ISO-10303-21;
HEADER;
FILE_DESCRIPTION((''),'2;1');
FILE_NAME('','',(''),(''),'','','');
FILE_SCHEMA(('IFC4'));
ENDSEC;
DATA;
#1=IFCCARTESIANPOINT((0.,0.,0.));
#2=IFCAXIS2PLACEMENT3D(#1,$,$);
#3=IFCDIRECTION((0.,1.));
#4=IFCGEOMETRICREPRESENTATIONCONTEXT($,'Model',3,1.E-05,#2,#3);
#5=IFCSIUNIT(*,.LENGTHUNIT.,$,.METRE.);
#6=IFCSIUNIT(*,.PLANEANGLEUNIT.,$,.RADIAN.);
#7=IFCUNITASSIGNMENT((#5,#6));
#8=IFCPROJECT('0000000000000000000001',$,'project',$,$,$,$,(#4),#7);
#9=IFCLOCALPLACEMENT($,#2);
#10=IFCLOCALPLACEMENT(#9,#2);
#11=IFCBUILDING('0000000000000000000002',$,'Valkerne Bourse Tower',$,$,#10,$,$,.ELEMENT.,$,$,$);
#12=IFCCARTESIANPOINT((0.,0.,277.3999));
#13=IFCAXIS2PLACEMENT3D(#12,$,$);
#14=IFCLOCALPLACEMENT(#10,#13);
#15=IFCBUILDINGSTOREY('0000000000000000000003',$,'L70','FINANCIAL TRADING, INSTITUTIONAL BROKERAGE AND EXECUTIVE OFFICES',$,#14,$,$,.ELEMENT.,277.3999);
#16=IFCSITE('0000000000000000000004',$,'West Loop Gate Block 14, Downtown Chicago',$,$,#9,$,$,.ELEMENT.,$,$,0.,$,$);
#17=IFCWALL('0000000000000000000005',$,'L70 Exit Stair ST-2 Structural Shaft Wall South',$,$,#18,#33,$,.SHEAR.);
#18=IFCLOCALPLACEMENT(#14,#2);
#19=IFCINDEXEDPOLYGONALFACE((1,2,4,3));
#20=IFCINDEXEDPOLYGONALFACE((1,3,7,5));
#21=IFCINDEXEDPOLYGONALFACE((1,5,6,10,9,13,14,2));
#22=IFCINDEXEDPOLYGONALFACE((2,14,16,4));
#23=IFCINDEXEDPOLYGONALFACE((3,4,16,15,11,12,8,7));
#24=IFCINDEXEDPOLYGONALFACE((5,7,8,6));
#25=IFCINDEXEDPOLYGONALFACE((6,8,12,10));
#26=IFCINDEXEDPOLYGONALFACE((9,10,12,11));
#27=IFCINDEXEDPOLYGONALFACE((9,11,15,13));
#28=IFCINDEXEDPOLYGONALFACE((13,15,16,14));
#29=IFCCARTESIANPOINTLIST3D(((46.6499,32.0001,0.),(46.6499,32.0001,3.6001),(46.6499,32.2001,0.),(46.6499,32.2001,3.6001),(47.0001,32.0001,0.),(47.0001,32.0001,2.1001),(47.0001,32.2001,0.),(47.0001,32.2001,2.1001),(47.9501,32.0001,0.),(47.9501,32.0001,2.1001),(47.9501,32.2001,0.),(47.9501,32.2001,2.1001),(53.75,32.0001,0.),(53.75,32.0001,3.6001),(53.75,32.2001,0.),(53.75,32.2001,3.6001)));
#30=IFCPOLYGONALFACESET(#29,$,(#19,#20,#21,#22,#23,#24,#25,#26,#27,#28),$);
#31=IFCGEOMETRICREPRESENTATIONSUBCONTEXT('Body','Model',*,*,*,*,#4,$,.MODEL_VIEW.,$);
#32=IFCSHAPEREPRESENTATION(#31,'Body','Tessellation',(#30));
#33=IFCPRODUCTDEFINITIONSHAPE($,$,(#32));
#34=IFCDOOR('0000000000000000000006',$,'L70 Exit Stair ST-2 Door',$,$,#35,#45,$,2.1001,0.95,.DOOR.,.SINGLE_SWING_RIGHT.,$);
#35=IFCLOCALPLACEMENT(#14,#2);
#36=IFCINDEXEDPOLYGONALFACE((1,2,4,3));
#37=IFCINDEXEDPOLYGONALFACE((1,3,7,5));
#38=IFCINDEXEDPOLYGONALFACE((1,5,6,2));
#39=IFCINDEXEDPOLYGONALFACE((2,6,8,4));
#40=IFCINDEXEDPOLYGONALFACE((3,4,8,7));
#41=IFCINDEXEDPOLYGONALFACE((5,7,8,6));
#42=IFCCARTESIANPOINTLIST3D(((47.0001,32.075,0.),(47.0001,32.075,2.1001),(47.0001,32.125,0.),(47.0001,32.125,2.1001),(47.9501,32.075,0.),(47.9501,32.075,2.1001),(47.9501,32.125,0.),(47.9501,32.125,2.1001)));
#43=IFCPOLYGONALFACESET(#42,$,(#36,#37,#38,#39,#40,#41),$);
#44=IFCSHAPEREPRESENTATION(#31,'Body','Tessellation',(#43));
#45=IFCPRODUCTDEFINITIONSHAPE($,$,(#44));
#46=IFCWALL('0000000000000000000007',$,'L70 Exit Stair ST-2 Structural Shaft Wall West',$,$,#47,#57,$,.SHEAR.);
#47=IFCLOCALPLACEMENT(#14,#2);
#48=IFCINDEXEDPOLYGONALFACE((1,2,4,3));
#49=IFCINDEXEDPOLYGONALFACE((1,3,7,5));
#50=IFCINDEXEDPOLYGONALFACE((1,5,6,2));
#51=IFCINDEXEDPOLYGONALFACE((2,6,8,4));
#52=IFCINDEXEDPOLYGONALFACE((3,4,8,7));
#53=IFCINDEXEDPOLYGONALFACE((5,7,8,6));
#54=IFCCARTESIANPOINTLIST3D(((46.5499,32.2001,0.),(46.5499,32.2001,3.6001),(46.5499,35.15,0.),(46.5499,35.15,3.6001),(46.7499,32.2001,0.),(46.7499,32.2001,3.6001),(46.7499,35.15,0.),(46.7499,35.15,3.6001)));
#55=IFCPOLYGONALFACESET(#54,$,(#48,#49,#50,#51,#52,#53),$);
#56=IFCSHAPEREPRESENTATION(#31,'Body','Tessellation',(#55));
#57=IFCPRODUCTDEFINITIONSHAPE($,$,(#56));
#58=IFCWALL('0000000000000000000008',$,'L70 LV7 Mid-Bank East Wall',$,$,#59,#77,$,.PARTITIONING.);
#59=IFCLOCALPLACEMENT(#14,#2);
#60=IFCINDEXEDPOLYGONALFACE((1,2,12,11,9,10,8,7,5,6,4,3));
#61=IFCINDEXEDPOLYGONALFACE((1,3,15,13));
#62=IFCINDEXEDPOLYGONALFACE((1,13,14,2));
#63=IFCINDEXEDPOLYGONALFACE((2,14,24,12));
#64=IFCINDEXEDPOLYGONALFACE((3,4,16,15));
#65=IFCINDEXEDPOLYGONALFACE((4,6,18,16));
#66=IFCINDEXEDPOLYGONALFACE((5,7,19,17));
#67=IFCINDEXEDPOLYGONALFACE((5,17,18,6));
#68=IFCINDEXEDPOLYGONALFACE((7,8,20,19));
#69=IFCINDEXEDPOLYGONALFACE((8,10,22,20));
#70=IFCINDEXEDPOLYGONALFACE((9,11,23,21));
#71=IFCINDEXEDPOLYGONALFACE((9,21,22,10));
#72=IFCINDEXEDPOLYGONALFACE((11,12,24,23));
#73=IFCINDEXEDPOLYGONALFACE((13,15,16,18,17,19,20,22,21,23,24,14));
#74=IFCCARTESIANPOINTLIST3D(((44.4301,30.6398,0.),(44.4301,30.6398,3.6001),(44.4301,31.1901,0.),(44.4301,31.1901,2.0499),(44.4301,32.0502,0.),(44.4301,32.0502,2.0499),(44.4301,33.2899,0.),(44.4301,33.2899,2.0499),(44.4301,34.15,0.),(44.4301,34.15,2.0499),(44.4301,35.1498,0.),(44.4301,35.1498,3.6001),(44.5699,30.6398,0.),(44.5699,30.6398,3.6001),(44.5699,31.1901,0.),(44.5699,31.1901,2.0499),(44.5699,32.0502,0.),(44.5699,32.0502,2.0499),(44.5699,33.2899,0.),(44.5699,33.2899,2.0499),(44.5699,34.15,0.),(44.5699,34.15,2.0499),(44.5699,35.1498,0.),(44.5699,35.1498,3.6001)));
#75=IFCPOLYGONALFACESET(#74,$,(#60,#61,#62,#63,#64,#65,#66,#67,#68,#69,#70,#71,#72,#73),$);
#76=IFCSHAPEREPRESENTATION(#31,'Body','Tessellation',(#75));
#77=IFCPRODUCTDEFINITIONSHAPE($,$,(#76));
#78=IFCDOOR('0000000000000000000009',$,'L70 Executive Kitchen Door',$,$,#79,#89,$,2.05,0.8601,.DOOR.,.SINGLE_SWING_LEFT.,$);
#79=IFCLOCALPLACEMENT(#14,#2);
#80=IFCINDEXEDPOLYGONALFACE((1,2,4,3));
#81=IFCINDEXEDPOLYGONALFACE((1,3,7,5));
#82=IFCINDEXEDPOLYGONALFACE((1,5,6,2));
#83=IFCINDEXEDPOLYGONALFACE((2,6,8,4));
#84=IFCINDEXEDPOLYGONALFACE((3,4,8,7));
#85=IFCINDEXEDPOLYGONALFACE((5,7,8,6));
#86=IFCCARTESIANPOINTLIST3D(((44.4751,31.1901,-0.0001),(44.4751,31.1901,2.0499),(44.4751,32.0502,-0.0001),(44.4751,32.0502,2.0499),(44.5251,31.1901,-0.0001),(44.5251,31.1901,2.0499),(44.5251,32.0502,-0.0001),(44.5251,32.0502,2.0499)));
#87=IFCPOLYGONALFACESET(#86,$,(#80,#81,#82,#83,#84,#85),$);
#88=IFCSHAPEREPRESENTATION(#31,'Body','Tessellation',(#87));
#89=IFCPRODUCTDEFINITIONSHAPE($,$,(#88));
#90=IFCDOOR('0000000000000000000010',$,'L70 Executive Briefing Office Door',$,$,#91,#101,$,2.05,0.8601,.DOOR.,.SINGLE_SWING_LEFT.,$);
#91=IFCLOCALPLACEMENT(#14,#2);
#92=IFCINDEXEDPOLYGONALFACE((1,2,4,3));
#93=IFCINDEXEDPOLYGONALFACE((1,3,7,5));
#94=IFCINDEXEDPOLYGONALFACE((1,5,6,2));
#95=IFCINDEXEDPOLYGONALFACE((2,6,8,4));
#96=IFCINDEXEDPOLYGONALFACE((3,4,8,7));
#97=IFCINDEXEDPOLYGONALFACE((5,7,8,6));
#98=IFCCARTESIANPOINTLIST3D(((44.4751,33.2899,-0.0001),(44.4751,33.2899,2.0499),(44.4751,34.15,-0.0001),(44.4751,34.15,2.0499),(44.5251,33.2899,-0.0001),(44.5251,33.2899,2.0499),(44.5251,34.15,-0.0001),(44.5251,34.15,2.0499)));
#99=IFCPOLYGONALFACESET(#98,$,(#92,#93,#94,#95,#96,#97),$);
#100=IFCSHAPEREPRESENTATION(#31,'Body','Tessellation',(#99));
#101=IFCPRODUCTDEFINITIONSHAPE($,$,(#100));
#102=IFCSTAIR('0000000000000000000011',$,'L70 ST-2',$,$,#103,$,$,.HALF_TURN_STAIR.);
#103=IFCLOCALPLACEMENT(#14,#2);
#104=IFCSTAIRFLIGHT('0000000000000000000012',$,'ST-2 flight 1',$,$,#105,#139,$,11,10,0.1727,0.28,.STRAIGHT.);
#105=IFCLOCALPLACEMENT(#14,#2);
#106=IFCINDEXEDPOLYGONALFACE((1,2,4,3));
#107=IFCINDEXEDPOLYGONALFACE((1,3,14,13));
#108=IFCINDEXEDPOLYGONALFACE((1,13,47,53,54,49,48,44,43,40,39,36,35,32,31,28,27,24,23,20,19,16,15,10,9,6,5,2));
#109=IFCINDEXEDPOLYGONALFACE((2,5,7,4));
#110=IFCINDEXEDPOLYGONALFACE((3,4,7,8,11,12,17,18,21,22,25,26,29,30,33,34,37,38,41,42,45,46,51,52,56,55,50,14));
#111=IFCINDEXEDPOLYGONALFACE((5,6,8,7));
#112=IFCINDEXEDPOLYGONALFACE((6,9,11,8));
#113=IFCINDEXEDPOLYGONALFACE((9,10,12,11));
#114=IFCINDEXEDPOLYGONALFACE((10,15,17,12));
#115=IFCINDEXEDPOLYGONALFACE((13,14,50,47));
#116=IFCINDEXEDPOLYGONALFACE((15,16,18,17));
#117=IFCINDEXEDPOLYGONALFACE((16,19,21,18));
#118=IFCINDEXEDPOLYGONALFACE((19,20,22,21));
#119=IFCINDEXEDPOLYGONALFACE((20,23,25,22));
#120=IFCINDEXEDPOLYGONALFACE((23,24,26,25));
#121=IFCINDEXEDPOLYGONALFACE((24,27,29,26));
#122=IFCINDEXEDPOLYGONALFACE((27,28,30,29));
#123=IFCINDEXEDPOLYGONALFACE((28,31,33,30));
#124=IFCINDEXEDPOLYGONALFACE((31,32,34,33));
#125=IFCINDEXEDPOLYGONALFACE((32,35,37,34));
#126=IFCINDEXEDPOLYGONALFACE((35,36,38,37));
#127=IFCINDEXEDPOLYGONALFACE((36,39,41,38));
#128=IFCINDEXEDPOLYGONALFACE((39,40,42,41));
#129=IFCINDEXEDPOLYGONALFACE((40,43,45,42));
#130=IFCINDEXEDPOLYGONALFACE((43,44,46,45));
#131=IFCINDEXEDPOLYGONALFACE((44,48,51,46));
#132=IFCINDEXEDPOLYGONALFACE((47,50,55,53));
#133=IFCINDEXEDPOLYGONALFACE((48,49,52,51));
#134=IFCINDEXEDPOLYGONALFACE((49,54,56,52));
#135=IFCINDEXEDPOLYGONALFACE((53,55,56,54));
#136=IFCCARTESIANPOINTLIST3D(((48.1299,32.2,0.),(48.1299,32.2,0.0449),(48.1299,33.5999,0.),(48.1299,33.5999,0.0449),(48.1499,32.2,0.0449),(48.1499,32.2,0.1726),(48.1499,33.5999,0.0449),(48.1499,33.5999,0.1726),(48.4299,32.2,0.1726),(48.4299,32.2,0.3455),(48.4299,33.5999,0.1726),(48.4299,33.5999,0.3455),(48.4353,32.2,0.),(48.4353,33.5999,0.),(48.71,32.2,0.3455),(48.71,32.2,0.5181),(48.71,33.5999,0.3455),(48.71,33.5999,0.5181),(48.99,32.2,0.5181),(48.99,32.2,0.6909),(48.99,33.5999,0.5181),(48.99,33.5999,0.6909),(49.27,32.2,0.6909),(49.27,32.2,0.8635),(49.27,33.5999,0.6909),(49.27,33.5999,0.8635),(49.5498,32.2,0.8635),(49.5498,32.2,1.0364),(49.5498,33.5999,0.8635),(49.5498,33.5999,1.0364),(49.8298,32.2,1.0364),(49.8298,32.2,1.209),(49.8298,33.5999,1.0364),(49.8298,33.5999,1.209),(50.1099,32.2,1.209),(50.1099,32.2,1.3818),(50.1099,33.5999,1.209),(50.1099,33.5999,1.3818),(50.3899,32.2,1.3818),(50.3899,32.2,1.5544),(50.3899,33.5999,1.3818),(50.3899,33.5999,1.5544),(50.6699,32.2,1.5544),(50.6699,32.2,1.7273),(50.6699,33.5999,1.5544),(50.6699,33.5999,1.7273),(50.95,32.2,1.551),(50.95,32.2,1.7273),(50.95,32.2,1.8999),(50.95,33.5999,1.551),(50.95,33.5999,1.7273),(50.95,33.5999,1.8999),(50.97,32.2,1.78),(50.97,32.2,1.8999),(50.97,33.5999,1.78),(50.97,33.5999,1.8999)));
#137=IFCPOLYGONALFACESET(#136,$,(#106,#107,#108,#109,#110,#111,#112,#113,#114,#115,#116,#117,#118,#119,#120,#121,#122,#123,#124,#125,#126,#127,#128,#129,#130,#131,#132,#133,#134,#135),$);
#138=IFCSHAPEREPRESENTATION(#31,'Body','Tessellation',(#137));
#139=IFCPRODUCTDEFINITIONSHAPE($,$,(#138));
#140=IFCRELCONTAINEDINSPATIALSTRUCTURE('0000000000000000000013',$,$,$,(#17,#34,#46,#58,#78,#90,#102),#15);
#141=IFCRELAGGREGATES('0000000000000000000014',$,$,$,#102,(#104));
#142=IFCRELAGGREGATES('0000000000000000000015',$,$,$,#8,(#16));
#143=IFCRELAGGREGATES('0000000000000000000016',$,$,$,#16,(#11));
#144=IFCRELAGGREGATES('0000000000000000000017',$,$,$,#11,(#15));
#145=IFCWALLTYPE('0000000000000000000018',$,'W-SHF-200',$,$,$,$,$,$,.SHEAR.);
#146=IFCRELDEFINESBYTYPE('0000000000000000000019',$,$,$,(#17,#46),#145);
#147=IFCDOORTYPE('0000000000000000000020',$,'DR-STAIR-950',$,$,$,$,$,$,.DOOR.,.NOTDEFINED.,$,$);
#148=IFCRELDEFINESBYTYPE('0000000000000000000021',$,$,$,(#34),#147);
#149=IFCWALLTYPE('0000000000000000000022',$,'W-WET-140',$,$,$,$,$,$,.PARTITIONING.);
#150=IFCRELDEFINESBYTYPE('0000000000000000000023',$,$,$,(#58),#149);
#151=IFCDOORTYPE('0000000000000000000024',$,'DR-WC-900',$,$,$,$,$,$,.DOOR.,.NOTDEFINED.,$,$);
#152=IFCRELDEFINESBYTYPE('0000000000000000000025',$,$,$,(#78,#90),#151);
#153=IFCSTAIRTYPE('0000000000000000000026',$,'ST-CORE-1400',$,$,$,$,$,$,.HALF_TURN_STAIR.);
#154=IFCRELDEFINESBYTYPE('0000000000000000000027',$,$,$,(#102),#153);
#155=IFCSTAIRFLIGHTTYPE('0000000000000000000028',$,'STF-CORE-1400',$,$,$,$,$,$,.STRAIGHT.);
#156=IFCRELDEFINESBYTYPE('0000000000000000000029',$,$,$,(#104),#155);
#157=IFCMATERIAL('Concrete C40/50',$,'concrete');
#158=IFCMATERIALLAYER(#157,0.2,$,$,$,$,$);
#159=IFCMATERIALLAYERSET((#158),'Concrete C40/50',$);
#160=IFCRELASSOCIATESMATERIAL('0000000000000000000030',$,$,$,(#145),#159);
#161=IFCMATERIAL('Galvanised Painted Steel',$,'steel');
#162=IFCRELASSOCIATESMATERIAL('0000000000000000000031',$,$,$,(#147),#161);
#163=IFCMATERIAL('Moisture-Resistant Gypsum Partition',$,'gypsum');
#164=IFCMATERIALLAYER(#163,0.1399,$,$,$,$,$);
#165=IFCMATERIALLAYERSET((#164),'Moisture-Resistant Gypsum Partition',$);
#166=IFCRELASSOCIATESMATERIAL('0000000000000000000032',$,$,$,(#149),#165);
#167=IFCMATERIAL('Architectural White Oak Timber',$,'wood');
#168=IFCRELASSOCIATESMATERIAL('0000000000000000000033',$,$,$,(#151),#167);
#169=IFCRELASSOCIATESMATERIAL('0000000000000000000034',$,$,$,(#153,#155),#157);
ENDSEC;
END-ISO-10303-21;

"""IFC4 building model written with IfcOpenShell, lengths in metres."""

from ifc_helpers import new_model, si_unit, direction, frame, frame_2d, origin, place, context, subcontext, project, spatial, polyline, rectangle, outline, extrude, material, layer, layer_set, type_object, element, fill, aggregate, save


model = new_model("IFC4")

# Units and contexts
model_context = context("Model", 3, precision=1e-05, world=origin(), true_north=direction((0.0, 1.0)))
body_context = subcontext(model_context, "Body", "Model", "MODEL_VIEW")
ifc_project = project(units=[si_unit("LENGTHUNIT", "METRE"), si_unit("PLANEANGLEUNIT", "RADIAN")], contexts=[model_context])

# Site, building, storey
site_placement = place(None, origin())
site = spatial("IfcSite", under=ifc_project, at=site_placement, Name="West Loop Gate Block 14, Downtown Chicago", CompositionType="ELEMENT", RefElevation=0.0)
building_placement = place(site_placement, origin())
building = spatial("IfcBuilding", under=site, at=building_placement, Name="Valkerne Bourse Tower", CompositionType="ELEMENT")
storey_placement = place(building_placement, frame((0.0, 0.0, 277.3999)))
storey = spatial("IfcBuildingStorey", under=building, at=storey_placement, Name="L70", Description="FINANCIAL TRADING, INSTITUTIONAL BROKERAGE AND EXECUTIVE OFFICES", CompositionType="ELEMENT", Elevation=277.3999)

# Shared definitions
ifc_material_1 = material(Name="Galvanised Painted Steel", Category="steel")

# Wall, opening, door
ifc_material_2 = material(Name="Concrete C40/50", Category="concrete")
ifc_layer_1 = layer(ifc_material_2, 0.2)
ifc_layer_set_1 = layer_set([ifc_layer_1], Name="Concrete C40/50")
wall_type_1 = type_object("IfcWallType", Name="W-SHF-200", PredefinedType="SHEAR", material=ifc_layer_set_1)
wall_1_placement = place(storey_placement, frame((46.6499, 32.1001, 0.0), z_axis=(0.0, 0.0, 1.0), x_axis=(1.0, 0.0, 0.0)))
wall_1 = element("IfcWall", 1, at=wall_1_placement, inside=storey, type_object=wall_type_1, Name="L70 Exit Stair ST-2 Structural Shaft Wall South", PredefinedType="SHEAR", context=body_context, shape_type="SweptSolid", body=[
    extrude(rectangle(XDim=7.1001, YDim=0.2, at=frame_2d((3.55, 0.0))), origin(), (0.0, 0.0, 1.0), 3.6001),
])
opening_1_placement = place(wall_1_placement, frame((0.3501, 0.0, 0.0)))
opening_1 = element("IfcOpeningElement", 2, at=opening_1_placement, cuts=wall_1, PredefinedType="OPENING", context=body_context, shape_type="SweptSolid", body=[
    extrude(rectangle(XDim=0.95, YDim=2.1001, at=frame_2d((0.4751, 1.05))), frame((0.0, 0.1099, 0.0), z_axis=(0.0, -1.0, 0.0), x_axis=(1.0, 0.0, 0.0)), (0.0, 0.0, 1.0), 0.22),
])
door_type_1 = type_object("IfcDoorType", Name="DR-STAIR-950", OperationType="NOTDEFINED", PredefinedType="DOOR", material=ifc_material_1)
door_1_placement = place(opening_1_placement, origin())
door_1 = element("IfcDoor", 3, at=door_1_placement, inside=storey, type_object=door_type_1, Name="L70 Exit Stair ST-2 Door", OperationType="SINGLE_SWING_RIGHT", OverallHeight=2.1001, OverallWidth=0.95, PredefinedType="DOOR", context=body_context, shape_type="SweptSolid", body=[
    extrude(rectangle(XDim=0.95, YDim=2.1001, at=frame_2d((0.4751, 1.05))), frame((0.0, 0.0249, 0.0), z_axis=(0.0, -1.0, 0.0), x_axis=(1.0, 0.0, 0.0)), (0.0, 0.0, 1.0), 0.05),
])
fill(opening_1, door_1)

# Wall
wall_2_placement = place(storey_placement, frame((46.6499, 32.2, 0.0), z_axis=(0.0, 0.0, 1.0), x_axis=(0.0, 1.0, 0.0)))
element("IfcWall", 4, at=wall_2_placement, inside=storey, type_object=wall_type_1, Name="L70 Exit Stair ST-2 Structural Shaft Wall West", PredefinedType="SHEAR", context=body_context, shape_type="SweptSolid", body=[
    extrude(rectangle(XDim=2.95, YDim=0.2, at=frame_2d((1.4751, 0.0))), origin(), (0.0, 0.0, 1.0), 3.6001),
])

# Wall, openings, doors
ifc_material_3 = material(Name="Moisture-Resistant Gypsum Partition", Category="gypsum")
ifc_layer_2 = layer(ifc_material_3, 0.1399)
ifc_layer_set_2 = layer_set([ifc_layer_2], Name="Moisture-Resistant Gypsum Partition")
wall_type_2 = type_object("IfcWallType", Name="W-WET-140", PredefinedType="PARTITIONING", material=ifc_layer_set_2)
wall_3_placement = place(storey_placement, frame((44.5, 30.6399, 0.0), z_axis=(0.0, 0.0, 1.0), x_axis=(0.0, 1.0, 0.0)))
wall_3 = element("IfcWall", 5, at=wall_3_placement, inside=storey, type_object=wall_type_2, Name="L70 LV7 Mid-Bank East Wall", PredefinedType="PARTITIONING", context=body_context, shape_type="SweptSolid", body=[
    extrude(rectangle(XDim=4.51, YDim=0.1399, at=frame_2d((2.2549, 0.0))), origin(), (0.0, 0.0, 1.0), 3.6001),
])
opening_2_placement = place(wall_3_placement, frame((0.55, 0.0, 0.0)))
opening_2 = element("IfcOpeningElement", 6, at=opening_2_placement, cuts=wall_3, PredefinedType="OPENING", context=body_context, shape_type="SweptSolid", body=[
    extrude(rectangle(XDim=0.8601, YDim=2.05, at=frame_2d((0.4302, 1.0249))), frame((0.0, 0.0798, 0.0), z_axis=(0.0, -1.0, 0.0), x_axis=(1.0, 0.0, 0.0)), (0.0, 0.0, 1.0), 0.1599),
])
opening_3_placement = place(wall_3_placement, frame((2.6499, 0.0, 0.0)))
opening_3 = element("IfcOpeningElement", 7, at=opening_3_placement, cuts=wall_3, PredefinedType="OPENING", context=body_context, shape_type="SweptSolid", body=[
    extrude(rectangle(XDim=0.8601, YDim=2.05, at=frame_2d((0.4302, 1.0249))), frame((0.0, 0.0798, 0.0), z_axis=(0.0, -1.0, 0.0), x_axis=(1.0, 0.0, 0.0)), (0.0, 0.0, 1.0), 0.1599),
])
ifc_material_4 = material(Name="Architectural White Oak Timber", Category="wood")
door_type_2 = type_object("IfcDoorType", Name="DR-WC-900", OperationType="NOTDEFINED", PredefinedType="DOOR", material=ifc_material_4)
door_2_placement = place(opening_2_placement, origin())
door_2 = element("IfcDoor", 8, at=door_2_placement, inside=storey, type_object=door_type_2, Name="L70 Executive Kitchen Door", OperationType="SINGLE_SWING_LEFT", OverallHeight=2.05, OverallWidth=0.8601, PredefinedType="DOOR", context=body_context, shape_type="SweptSolid", body=[
    extrude(rectangle(XDim=0.8601, YDim=2.05, at=frame_2d((0.4302, 1.0249))), frame((0.0, 0.0249, 0.0), z_axis=(0.0, -1.0, 0.0), x_axis=(1.0, 0.0, 0.0)), (0.0, 0.0, 1.0), 0.05),
])
fill(opening_2, door_2)
door_3_placement = place(opening_3_placement, origin())
door_3 = element("IfcDoor", 9, at=door_3_placement, inside=storey, type_object=door_type_2, Name="L70 Executive Briefing Office Door", OperationType="SINGLE_SWING_LEFT", OverallHeight=2.05, OverallWidth=0.8601, PredefinedType="DOOR", context=body_context, shape_type="SweptSolid", body=[
    extrude(rectangle(XDim=0.8601, YDim=2.05, at=frame_2d((0.4302, 1.0249))), frame((0.0, 0.0249, 0.0), z_axis=(0.0, -1.0, 0.0), x_axis=(1.0, 0.0, 0.0)), (0.0, 0.0, 1.0), 0.05),
])
fill(opening_3, door_3)

# Stair, stair flight
stair_type = type_object("IfcStairType", Name="ST-CORE-1400", PredefinedType="HALF_TURN_STAIR", material=ifc_material_2)
stair_placement = place(storey_placement, origin())
stair = element("IfcStair", 10, at=stair_placement, inside=storey, type_object=stair_type, Name="L70 ST-2", PredefinedType="HALF_TURN_STAIR")
stair_flight_type = type_object("IfcStairFlightType", Name="STF-CORE-1400", PredefinedType="STRAIGHT", material=ifc_material_2)
stair_flight_placement = place(storey_placement, frame((48.1499, 32.8999, 0.0), z_axis=(0.0, 0.0, 1.0), x_axis=(1.0, 0.0, 0.0)))
stair_flight = element("IfcStairFlight", 11, at=stair_flight_placement, type_object=stair_flight_type, Name="ST-2 flight 1", NumberOfRisers=11, NumberOfTreads=10, PredefinedType="STRAIGHT", RiserHeight=0.1727, TreadLength=0.28, context=body_context, shape_type="SweptSolid", body=[
    extrude(outline(polyline([(-0.02, 0.0), (-0.02, 0.0449), (0.0, 0.0449), (0.0, 0.1726), (0.28, 0.1726), (0.28, 0.3455), (0.5601, 0.3455), (0.5601, 0.5181), (0.8401, 0.5181), (0.8401, 0.6909), (1.1201, 0.6909), (1.1201, 0.8635), (1.3999, 0.8635), (1.3999, 1.0364), (1.6799, 1.0364), (1.6799, 1.209), (1.96, 1.209), (1.96, 1.3818), (2.24, 1.3818), (2.24, 1.5544), (2.52, 1.5544), (2.52, 1.7273), (2.8, 1.7273), (2.8, 1.8999), (2.8201, 1.8999), (2.8201, 1.78), (2.8, 1.551), (0.2854, 0.0), (-0.02, 0.0)])), frame((0.0, 0.7, 0.0), z_axis=(0.0, -1.0, 0.0), x_axis=(1.0, 0.0, 0.0)), (0.0, 0.0, 1.0), 1.3999),
])
aggregate(stair, [stair_flight])

save(model, "model.ifc")
